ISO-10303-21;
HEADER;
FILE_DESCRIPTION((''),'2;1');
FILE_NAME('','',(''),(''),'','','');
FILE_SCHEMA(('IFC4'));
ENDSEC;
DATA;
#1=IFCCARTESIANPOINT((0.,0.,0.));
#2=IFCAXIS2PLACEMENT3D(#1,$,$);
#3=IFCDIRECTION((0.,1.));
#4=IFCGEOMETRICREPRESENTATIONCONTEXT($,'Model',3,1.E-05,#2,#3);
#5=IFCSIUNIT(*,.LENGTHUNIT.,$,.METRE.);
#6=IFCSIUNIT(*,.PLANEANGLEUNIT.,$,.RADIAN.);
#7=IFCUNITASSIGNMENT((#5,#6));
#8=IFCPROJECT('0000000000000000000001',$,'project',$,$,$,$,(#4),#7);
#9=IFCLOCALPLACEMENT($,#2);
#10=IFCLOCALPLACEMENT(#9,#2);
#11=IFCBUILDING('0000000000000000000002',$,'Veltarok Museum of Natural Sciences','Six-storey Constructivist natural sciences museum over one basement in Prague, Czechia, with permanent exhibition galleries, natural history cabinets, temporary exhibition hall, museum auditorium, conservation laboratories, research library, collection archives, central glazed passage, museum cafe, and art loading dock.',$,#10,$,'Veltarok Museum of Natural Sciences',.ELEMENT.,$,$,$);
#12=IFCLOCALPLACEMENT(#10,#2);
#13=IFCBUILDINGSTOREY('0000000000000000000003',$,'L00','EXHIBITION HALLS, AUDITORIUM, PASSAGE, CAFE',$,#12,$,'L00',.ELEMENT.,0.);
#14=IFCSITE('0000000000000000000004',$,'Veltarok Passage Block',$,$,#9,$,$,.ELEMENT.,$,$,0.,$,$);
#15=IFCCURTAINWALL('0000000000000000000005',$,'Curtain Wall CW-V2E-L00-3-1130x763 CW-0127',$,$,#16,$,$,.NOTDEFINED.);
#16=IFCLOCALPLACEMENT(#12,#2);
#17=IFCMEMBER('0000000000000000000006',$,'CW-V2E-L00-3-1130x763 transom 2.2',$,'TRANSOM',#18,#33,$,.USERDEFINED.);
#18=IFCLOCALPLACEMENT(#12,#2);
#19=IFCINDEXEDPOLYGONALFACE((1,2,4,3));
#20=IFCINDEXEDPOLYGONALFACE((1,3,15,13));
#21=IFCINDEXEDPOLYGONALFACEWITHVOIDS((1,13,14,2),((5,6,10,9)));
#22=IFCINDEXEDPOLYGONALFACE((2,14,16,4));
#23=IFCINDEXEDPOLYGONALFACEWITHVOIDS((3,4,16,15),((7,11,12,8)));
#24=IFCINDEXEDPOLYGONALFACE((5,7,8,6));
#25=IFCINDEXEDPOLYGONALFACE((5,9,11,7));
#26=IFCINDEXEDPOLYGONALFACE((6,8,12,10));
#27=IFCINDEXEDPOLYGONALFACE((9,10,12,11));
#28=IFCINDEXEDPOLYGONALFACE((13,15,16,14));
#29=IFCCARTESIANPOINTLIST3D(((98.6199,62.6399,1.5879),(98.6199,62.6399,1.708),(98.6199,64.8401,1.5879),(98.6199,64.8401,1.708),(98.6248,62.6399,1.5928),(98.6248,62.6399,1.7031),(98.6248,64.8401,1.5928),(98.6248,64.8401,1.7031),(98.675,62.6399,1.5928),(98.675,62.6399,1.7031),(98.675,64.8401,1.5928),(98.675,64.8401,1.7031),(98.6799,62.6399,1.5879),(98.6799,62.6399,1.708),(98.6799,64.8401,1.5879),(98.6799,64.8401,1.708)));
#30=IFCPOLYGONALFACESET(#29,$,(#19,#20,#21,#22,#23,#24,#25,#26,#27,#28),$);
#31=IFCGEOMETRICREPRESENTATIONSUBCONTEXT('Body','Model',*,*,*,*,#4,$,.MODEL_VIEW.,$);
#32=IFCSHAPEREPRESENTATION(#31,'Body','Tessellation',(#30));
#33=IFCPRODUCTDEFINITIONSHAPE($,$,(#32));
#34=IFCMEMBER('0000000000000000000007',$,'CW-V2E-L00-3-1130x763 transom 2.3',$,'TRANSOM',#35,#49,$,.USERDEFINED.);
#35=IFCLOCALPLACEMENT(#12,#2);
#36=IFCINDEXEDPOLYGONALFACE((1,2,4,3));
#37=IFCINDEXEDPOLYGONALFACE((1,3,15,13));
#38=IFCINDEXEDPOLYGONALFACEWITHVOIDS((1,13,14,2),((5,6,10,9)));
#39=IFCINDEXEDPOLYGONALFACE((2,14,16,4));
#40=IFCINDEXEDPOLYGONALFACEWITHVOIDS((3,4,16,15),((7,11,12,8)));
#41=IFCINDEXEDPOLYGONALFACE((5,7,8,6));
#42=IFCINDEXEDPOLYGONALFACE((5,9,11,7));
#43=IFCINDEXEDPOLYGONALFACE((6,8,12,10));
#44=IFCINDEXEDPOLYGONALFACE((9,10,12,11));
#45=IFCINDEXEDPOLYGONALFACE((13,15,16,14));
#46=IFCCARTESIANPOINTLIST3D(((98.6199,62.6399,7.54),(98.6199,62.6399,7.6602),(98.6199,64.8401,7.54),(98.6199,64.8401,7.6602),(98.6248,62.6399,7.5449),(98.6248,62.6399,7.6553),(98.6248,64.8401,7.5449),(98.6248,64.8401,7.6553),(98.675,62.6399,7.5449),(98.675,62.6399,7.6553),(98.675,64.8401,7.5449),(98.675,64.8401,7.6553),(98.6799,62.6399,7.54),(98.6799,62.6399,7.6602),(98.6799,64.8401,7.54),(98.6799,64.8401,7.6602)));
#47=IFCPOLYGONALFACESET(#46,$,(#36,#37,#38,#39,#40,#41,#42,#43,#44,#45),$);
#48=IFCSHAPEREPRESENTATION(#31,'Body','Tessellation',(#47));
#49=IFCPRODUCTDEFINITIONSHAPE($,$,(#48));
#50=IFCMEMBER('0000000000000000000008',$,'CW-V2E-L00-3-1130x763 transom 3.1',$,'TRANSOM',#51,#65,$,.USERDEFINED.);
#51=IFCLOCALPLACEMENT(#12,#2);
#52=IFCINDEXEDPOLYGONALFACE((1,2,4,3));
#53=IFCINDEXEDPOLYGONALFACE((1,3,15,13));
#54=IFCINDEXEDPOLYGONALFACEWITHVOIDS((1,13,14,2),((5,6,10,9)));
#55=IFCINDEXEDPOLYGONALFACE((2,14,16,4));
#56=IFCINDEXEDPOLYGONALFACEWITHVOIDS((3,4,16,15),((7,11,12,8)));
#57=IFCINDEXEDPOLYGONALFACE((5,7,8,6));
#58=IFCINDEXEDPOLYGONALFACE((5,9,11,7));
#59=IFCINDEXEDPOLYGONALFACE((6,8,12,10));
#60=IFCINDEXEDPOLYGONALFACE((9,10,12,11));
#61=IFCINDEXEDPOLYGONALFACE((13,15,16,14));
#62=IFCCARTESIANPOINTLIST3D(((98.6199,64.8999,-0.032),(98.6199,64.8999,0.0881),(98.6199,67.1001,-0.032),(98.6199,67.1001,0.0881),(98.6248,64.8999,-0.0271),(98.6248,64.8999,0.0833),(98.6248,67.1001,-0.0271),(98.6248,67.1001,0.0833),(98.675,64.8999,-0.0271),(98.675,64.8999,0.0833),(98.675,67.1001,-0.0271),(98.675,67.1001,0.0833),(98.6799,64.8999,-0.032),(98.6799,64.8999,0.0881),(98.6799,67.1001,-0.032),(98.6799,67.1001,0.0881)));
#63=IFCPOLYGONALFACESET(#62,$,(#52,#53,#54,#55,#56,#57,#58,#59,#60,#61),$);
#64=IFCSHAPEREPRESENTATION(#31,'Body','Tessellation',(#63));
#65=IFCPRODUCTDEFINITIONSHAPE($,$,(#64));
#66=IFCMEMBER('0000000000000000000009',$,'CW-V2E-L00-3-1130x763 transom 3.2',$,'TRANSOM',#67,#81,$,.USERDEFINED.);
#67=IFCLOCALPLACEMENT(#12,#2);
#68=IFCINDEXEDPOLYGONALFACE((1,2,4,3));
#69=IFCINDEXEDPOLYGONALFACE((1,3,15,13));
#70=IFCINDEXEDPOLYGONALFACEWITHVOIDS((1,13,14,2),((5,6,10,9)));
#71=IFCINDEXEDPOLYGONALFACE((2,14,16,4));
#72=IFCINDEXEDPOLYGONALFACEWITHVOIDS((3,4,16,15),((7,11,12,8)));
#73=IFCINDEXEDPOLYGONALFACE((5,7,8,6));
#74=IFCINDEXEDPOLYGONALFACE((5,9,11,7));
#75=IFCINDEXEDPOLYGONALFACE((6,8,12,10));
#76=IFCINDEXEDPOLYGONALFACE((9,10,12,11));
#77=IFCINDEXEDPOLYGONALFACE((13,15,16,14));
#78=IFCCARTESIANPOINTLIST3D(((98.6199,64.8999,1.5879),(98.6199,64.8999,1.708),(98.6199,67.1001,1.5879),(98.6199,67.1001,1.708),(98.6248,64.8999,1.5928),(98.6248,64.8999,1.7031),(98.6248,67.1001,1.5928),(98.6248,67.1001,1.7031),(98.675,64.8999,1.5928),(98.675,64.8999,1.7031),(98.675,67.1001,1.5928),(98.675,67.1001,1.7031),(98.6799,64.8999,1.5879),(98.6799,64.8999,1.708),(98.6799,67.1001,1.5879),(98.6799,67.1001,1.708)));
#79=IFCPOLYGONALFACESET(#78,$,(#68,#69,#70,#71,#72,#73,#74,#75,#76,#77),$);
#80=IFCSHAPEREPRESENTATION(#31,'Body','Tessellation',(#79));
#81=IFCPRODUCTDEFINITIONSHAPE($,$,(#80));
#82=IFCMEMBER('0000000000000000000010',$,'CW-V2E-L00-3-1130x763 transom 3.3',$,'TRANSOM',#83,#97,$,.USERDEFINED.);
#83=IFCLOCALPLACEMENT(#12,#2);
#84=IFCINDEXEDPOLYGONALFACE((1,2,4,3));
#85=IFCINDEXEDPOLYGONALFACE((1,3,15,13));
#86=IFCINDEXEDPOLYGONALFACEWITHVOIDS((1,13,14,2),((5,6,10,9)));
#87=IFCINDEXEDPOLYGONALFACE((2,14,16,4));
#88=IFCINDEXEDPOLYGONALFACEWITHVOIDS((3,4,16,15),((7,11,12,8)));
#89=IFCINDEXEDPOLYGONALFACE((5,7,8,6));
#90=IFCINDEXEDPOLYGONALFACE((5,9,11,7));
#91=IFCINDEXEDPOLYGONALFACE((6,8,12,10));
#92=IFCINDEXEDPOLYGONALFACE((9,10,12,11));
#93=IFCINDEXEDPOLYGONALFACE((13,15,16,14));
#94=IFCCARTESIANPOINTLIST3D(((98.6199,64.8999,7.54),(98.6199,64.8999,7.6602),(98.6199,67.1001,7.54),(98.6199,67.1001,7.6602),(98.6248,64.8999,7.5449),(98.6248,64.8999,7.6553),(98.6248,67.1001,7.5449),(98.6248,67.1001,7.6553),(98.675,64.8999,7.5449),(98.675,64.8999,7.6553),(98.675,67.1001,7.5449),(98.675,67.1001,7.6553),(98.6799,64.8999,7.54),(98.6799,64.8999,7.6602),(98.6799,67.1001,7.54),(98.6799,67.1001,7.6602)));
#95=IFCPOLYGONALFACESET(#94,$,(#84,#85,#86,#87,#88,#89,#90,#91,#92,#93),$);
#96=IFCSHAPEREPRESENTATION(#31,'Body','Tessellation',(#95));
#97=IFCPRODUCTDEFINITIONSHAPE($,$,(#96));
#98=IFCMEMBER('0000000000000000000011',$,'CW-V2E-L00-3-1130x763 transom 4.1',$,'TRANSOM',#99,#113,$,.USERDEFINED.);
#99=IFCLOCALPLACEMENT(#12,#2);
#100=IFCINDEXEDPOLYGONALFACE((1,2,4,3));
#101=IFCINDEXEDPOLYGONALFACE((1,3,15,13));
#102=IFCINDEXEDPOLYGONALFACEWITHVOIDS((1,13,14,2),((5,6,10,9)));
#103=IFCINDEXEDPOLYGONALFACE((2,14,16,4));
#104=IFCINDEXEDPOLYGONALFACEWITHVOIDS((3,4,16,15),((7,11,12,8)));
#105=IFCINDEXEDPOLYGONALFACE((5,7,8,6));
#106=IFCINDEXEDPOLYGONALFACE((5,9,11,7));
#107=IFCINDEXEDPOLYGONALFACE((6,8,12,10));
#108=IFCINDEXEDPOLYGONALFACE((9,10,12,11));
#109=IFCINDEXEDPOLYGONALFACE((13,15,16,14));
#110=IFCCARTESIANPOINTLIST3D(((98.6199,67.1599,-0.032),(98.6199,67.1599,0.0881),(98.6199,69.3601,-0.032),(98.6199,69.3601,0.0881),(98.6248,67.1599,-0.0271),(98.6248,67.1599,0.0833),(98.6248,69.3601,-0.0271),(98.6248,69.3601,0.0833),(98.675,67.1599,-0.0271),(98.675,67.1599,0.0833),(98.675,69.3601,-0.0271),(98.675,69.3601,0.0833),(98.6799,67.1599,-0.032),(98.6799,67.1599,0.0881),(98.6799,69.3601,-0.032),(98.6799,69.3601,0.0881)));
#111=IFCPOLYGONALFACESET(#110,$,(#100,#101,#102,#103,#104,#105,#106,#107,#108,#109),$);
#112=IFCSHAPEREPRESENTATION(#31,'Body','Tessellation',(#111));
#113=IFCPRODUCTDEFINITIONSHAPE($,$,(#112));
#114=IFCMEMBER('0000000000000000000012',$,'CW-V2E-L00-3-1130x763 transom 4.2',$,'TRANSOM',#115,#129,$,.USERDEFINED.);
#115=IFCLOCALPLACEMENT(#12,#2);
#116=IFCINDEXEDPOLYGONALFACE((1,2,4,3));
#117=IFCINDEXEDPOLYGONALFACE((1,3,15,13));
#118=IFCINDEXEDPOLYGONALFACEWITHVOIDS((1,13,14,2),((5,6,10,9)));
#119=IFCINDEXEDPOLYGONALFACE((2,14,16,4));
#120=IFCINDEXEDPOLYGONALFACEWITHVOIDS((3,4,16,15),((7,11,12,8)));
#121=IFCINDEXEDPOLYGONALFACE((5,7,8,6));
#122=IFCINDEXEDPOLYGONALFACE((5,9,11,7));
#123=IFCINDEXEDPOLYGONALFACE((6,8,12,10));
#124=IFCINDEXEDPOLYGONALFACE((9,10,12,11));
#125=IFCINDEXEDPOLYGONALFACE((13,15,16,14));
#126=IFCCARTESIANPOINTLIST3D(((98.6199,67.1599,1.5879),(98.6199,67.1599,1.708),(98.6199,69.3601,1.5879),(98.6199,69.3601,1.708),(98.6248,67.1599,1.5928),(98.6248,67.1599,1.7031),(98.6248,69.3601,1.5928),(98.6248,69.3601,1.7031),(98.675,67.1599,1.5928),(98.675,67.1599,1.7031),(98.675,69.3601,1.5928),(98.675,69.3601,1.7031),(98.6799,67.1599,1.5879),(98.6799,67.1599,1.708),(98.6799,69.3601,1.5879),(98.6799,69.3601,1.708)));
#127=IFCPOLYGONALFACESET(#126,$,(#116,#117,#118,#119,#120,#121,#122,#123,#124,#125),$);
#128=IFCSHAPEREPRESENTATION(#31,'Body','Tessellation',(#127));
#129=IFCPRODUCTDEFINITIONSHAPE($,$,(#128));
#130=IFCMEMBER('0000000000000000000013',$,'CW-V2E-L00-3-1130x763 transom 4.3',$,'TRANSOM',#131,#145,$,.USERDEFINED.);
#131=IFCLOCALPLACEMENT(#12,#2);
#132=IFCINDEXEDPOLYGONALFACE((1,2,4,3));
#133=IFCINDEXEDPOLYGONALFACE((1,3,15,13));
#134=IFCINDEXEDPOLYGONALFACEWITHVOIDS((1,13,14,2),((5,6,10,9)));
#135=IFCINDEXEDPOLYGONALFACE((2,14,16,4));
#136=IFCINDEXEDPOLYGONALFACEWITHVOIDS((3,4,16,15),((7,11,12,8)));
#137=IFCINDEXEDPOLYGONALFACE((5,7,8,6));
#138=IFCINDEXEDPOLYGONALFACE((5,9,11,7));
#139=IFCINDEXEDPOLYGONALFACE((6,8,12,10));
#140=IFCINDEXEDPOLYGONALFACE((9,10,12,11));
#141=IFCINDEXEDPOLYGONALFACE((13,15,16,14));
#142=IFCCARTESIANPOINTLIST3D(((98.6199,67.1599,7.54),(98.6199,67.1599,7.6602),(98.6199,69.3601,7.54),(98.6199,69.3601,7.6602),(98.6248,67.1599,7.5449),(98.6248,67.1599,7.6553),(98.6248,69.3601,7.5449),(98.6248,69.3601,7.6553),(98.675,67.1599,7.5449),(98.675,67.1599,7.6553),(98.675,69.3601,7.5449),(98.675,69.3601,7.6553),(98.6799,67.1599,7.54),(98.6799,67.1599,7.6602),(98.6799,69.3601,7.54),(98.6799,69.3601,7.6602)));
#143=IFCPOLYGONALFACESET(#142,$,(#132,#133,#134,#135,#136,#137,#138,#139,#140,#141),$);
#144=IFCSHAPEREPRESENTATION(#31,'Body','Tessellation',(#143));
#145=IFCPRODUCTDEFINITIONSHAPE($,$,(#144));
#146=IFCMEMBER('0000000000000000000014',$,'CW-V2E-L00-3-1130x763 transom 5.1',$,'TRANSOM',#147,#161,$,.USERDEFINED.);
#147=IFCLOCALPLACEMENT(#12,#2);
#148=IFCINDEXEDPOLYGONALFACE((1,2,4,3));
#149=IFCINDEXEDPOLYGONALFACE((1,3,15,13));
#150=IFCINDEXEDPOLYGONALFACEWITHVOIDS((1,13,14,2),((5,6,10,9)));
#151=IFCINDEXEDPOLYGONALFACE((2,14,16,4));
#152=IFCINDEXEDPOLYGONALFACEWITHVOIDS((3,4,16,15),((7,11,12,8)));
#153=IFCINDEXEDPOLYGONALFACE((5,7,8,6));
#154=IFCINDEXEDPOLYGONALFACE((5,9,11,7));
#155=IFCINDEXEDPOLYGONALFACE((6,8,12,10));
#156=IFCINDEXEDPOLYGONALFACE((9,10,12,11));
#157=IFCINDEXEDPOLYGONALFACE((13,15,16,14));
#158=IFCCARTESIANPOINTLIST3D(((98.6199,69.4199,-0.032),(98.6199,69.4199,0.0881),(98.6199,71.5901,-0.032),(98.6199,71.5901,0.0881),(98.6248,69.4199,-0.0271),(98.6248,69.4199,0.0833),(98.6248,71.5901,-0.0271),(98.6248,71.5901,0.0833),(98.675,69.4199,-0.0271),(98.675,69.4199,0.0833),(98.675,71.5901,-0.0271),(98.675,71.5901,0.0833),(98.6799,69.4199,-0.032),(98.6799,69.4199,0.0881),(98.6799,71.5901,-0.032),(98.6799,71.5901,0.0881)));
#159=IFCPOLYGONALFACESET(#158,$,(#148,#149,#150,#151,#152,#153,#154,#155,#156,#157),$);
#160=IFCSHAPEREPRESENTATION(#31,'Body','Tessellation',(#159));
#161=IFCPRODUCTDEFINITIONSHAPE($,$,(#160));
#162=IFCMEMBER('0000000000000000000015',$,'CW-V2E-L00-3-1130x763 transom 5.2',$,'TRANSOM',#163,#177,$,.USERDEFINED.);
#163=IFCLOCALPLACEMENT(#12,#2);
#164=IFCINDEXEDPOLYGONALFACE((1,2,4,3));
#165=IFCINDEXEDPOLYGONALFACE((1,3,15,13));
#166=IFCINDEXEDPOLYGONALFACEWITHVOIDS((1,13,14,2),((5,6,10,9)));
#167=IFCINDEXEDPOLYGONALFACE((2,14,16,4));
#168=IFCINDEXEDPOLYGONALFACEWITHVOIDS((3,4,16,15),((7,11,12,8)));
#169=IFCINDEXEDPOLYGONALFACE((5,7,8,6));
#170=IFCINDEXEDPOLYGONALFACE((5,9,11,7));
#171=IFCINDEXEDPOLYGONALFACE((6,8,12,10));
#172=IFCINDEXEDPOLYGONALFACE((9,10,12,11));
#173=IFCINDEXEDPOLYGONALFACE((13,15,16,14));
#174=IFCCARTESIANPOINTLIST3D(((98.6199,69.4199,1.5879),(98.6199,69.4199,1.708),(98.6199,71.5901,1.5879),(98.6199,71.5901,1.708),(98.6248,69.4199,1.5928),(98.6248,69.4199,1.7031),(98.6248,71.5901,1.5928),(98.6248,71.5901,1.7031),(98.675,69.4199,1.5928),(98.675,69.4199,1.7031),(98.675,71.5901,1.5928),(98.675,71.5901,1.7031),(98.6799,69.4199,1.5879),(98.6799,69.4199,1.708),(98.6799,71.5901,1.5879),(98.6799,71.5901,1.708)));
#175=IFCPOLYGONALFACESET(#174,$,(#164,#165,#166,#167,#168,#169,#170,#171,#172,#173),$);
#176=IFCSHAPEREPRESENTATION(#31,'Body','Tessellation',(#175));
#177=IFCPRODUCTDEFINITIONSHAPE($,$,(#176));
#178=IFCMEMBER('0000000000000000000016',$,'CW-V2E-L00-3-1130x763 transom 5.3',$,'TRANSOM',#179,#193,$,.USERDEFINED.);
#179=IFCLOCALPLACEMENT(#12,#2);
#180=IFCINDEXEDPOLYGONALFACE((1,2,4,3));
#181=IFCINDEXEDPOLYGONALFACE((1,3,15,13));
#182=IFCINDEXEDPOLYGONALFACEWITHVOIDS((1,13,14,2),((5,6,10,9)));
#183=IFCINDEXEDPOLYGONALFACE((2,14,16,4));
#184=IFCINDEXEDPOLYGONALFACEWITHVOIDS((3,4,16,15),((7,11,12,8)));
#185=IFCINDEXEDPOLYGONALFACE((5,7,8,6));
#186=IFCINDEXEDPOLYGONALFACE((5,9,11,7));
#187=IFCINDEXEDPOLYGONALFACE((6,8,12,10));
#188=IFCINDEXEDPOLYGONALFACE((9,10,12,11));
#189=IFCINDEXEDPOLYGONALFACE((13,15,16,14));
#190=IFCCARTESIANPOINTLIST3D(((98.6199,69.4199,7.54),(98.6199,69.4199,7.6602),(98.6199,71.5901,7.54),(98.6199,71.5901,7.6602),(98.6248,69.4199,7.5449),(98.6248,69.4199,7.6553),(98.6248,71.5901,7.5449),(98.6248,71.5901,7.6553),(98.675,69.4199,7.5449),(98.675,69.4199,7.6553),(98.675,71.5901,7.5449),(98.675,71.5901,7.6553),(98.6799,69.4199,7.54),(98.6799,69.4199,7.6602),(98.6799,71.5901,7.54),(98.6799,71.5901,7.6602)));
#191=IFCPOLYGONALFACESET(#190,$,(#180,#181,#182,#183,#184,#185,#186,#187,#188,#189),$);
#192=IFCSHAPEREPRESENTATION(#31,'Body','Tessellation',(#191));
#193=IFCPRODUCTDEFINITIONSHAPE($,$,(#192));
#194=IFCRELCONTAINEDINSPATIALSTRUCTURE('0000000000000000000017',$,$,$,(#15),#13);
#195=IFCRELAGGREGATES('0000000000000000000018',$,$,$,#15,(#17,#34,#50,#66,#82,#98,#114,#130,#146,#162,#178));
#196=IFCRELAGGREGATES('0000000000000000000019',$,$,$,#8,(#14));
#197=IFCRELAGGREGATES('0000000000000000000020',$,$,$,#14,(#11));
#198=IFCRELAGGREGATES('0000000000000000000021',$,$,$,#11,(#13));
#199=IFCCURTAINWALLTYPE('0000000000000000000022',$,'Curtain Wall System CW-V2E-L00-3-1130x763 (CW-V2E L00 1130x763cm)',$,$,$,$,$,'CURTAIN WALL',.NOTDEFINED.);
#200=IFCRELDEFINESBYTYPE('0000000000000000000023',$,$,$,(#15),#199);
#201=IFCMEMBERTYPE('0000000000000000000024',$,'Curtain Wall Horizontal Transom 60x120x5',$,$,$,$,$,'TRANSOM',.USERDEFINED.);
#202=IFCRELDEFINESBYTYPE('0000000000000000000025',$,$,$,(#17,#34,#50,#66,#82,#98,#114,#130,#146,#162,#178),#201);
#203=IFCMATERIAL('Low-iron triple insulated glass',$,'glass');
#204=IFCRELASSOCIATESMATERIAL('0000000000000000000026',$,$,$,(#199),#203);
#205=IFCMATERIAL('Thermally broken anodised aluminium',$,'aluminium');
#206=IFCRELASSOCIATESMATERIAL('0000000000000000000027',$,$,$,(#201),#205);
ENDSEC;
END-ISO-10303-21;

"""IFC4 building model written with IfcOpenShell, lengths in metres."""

from ifc_helpers import new_model, si_unit, direction, frame, origin, origin_2d, place, context, subcontext, project, spatial, hollow_rectangle, extrude, material, material_profile, profile_set, type_object, element, aggregate, save


model = new_model("IFC4")

# Units and contexts
model_context = context("Model", 3, precision=1e-05, world=origin(), true_north=direction((0.0, 1.0)))
body_context = subcontext(model_context, "Body", "Model", "MODEL_VIEW")
ifc_project = project(units=[si_unit("LENGTHUNIT", "METRE"), si_unit("PLANEANGLEUNIT", "RADIAN")], contexts=[model_context])

# Site, building, storey
site_placement = place(None, origin())
site = spatial("IfcSite", under=ifc_project, at=site_placement, Name="Veltarok Passage Block", CompositionType="ELEMENT", RefElevation=0.0)
building_placement = place(site_placement, origin())
building = spatial("IfcBuilding", under=site, at=building_placement, Name="Veltarok Museum of Natural Sciences", Description="Six-storey Constructivist natural sciences museum over one basement in Prague, Czechia, with permanent exhibition galleries, natural history cabinets, temporary exhibition hall, museum auditorium, conservation laboratories, research library, collection archives, central glazed passage, museum cafe, and art loading dock.", LongName="Veltarok Museum of Natural Sciences", CompositionType="ELEMENT")
storey_placement = place(building_placement, origin())
storey = spatial("IfcBuildingStorey", under=building, at=storey_placement, Name="L00", Description="EXHIBITION HALLS, AUDITORIUM, PASSAGE, CAFE", LongName="L00", CompositionType="ELEMENT", Elevation=0.0)

# Curtain wall, members
ifc_material_1 = material(Name="Low-iron triple insulated glass", Category="glass")
curtain_wall_type = type_object("IfcCurtainWallType", Name="Curtain Wall System CW-V2E-L00-3-1130x763 (CW-V2E L00 1130x763cm)", ElementType="CURTAIN WALL", PredefinedType="NOTDEFINED", material=ifc_material_1)
curtain_wall_placement = place(storey_placement, origin())
curtain_wall = element("IfcCurtainWall", 1, at=curtain_wall_placement, inside=storey, type_object=curtain_wall_type, Name="Curtain Wall CW-V2E-L00-3-1130x763 CW-0127", PredefinedType="NOTDEFINED")
ifc_material_2 = material(Name="Thermally broken anodised aluminium", Category="aluminium")
ifc_material_profile_1 = material_profile(ifc_material_2, hollow_rectangle(XDim=0.0601, YDim=0.1201, WallThickness=0.0049, at=origin_2d()), Name="CW TRANSOM 60x120x5")
ifc_profile_set_1 = profile_set([ifc_material_profile_1], Name="Thermally broken anodised aluminium")
member_type_1 = type_object("IfcMemberType", Name="Curtain Wall Horizontal Transom 60x120x5", ElementType="TRANSOM", PredefinedType="USERDEFINED", material=ifc_profile_set_1)
member_1_placement = place(storey_placement, frame((98.6499, 62.6399, 1.6479), z_axis=(0.0, 1.0, 0.0), x_axis=(-1.0, 0.0, 0.0)))
member_1 = element("IfcMember", 2, at=member_1_placement, type_object=member_type_1, Name="CW-V2E-L00-3-1130x763 transom 2.2", ObjectType="TRANSOM", PredefinedType="USERDEFINED", context=body_context, shape_type="SweptSolid", body=[
    extrude(hollow_rectangle(XDim=0.0601, YDim=0.1201, WallThickness=0.0049, at=origin_2d()), origin(), (0.0, 0.0, 1.0), 2.2002),
])
member_2_placement = place(storey_placement, frame((98.6499, 62.6399, 7.6001), z_axis=(0.0, 1.0, 0.0), x_axis=(-1.0, 0.0, 0.0)))
member_2 = element("IfcMember", 3, at=member_2_placement, type_object=member_type_1, Name="CW-V2E-L00-3-1130x763 transom 2.3", ObjectType="TRANSOM", PredefinedType="USERDEFINED", context=body_context, shape_type="SweptSolid", body=[
    extrude(hollow_rectangle(XDim=0.0601, YDim=0.1201, WallThickness=0.0049, at=origin_2d()), origin(), (0.0, 0.0, 1.0), 2.2002),
])
member_3_placement = place(storey_placement, frame((98.6499, 64.8999, 0.0281), z_axis=(0.0, 1.0, 0.0), x_axis=(-1.0, 0.0, 0.0)))
member_3 = element("IfcMember", 4, at=member_3_placement, type_object=member_type_1, Name="CW-V2E-L00-3-1130x763 transom 3.1", ObjectType="TRANSOM", PredefinedType="USERDEFINED", context=body_context, shape_type="SweptSolid", body=[
    extrude(hollow_rectangle(XDim=0.0601, YDim=0.1201, WallThickness=0.0049, at=origin_2d()), origin(), (0.0, 0.0, 1.0), 2.2002),
])
member_4_placement = place(storey_placement, frame((98.6499, 64.8999, 1.6479), z_axis=(0.0, 1.0, 0.0), x_axis=(-1.0, 0.0, 0.0)))
member_4 = element("IfcMember", 5, at=member_4_placement, type_object=member_type_1, Name="CW-V2E-L00-3-1130x763 transom 3.2", ObjectType="TRANSOM", PredefinedType="USERDEFINED", context=body_context, shape_type="SweptSolid", body=[
    extrude(hollow_rectangle(XDim=0.0601, YDim=0.1201, WallThickness=0.0049, at=origin_2d()), origin(), (0.0, 0.0, 1.0), 2.2002),
])
member_5_placement = place(storey_placement, frame((98.6499, 64.8999, 7.6001), z_axis=(0.0, 1.0, 0.0), x_axis=(-1.0, 0.0, 0.0)))
member_5 = element("IfcMember", 6, at=member_5_placement, type_object=member_type_1, Name="CW-V2E-L00-3-1130x763 transom 3.3", ObjectType="TRANSOM", PredefinedType="USERDEFINED", context=body_context, shape_type="SweptSolid", body=[
    extrude(hollow_rectangle(XDim=0.0601, YDim=0.1201, WallThickness=0.0049, at=origin_2d()), origin(), (0.0, 0.0, 1.0), 2.2002),
])
member_6_placement = place(storey_placement, frame((98.6499, 67.1599, 0.0281), z_axis=(0.0, 1.0, 0.0), x_axis=(-1.0, 0.0, 0.0)))
member_6 = element("IfcMember", 7, at=member_6_placement, type_object=member_type_1, Name="CW-V2E-L00-3-1130x763 transom 4.1", ObjectType="TRANSOM", PredefinedType="USERDEFINED", context=body_context, shape_type="SweptSolid", body=[
    extrude(hollow_rectangle(XDim=0.0601, YDim=0.1201, WallThickness=0.0049, at=origin_2d()), origin(), (0.0, 0.0, 1.0), 2.2002),
])
member_7_placement = place(storey_placement, frame((98.6499, 67.1599, 1.6479), z_axis=(0.0, 1.0, 0.0), x_axis=(-1.0, 0.0, 0.0)))
member_7 = element("IfcMember", 8, at=member_7_placement, type_object=member_type_1, Name="CW-V2E-L00-3-1130x763 transom 4.2", ObjectType="TRANSOM", PredefinedType="USERDEFINED", context=body_context, shape_type="SweptSolid", body=[
    extrude(hollow_rectangle(XDim=0.0601, YDim=0.1201, WallThickness=0.0049, at=origin_2d()), origin(), (0.0, 0.0, 1.0), 2.2002),
])
member_8_placement = place(storey_placement, frame((98.6499, 67.1599, 7.6001), z_axis=(0.0, 1.0, 0.0), x_axis=(-1.0, 0.0, 0.0)))
member_8 = element("IfcMember", 9, at=member_8_placement, type_object=member_type_1, Name="CW-V2E-L00-3-1130x763 transom 4.3", ObjectType="TRANSOM", PredefinedType="USERDEFINED", context=body_context, shape_type="SweptSolid", body=[
    extrude(hollow_rectangle(XDim=0.0601, YDim=0.1201, WallThickness=0.0049, at=origin_2d()), origin(), (0.0, 0.0, 1.0), 2.2002),
])
member_9_placement = place(storey_placement, frame((98.6499, 69.4199, 0.0281), z_axis=(0.0, 1.0, 0.0), x_axis=(-1.0, 0.0, 0.0)))
member_9 = element("IfcMember", 10, at=member_9_placement, type_object=member_type_1, Name="CW-V2E-L00-3-1130x763 transom 5.1", ObjectType="TRANSOM", PredefinedType="USERDEFINED", context=body_context, shape_type="SweptSolid", body=[
    extrude(hollow_rectangle(XDim=0.0601, YDim=0.1201, WallThickness=0.0049, at=origin_2d()), origin(), (0.0, 0.0, 1.0), 2.1702),
])
member_10_placement = place(storey_placement, frame((98.6499, 69.4199, 1.6479), z_axis=(0.0, 1.0, 0.0), x_axis=(-1.0, 0.0, 0.0)))
member_10 = element("IfcMember", 11, at=member_10_placement, type_object=member_type_1, Name="CW-V2E-L00-3-1130x763 transom 5.2", ObjectType="TRANSOM", PredefinedType="USERDEFINED", context=body_context, shape_type="SweptSolid", body=[
    extrude(hollow_rectangle(XDim=0.0601, YDim=0.1201, WallThickness=0.0049, at=origin_2d()), origin(), (0.0, 0.0, 1.0), 2.1702),
])
member_11_placement = place(storey_placement, frame((98.6499, 69.4199, 7.6001), z_axis=(0.0, 1.0, 0.0), x_axis=(-1.0, 0.0, 0.0)))
member_11 = element("IfcMember", 12, at=member_11_placement, type_object=member_type_1, Name="CW-V2E-L00-3-1130x763 transom 5.3", ObjectType="TRANSOM", PredefinedType="USERDEFINED", context=body_context, shape_type="SweptSolid", body=[
    extrude(hollow_rectangle(XDim=0.0601, YDim=0.1201, WallThickness=0.0049, at=origin_2d()), origin(), (0.0, 0.0, 1.0), 2.1702),
])

aggregate(curtain_wall, [member_1, member_2, member_3, member_4, member_5, member_6, member_7, member_8, member_9, member_10, member_11])

save(model, "model.ifc")
